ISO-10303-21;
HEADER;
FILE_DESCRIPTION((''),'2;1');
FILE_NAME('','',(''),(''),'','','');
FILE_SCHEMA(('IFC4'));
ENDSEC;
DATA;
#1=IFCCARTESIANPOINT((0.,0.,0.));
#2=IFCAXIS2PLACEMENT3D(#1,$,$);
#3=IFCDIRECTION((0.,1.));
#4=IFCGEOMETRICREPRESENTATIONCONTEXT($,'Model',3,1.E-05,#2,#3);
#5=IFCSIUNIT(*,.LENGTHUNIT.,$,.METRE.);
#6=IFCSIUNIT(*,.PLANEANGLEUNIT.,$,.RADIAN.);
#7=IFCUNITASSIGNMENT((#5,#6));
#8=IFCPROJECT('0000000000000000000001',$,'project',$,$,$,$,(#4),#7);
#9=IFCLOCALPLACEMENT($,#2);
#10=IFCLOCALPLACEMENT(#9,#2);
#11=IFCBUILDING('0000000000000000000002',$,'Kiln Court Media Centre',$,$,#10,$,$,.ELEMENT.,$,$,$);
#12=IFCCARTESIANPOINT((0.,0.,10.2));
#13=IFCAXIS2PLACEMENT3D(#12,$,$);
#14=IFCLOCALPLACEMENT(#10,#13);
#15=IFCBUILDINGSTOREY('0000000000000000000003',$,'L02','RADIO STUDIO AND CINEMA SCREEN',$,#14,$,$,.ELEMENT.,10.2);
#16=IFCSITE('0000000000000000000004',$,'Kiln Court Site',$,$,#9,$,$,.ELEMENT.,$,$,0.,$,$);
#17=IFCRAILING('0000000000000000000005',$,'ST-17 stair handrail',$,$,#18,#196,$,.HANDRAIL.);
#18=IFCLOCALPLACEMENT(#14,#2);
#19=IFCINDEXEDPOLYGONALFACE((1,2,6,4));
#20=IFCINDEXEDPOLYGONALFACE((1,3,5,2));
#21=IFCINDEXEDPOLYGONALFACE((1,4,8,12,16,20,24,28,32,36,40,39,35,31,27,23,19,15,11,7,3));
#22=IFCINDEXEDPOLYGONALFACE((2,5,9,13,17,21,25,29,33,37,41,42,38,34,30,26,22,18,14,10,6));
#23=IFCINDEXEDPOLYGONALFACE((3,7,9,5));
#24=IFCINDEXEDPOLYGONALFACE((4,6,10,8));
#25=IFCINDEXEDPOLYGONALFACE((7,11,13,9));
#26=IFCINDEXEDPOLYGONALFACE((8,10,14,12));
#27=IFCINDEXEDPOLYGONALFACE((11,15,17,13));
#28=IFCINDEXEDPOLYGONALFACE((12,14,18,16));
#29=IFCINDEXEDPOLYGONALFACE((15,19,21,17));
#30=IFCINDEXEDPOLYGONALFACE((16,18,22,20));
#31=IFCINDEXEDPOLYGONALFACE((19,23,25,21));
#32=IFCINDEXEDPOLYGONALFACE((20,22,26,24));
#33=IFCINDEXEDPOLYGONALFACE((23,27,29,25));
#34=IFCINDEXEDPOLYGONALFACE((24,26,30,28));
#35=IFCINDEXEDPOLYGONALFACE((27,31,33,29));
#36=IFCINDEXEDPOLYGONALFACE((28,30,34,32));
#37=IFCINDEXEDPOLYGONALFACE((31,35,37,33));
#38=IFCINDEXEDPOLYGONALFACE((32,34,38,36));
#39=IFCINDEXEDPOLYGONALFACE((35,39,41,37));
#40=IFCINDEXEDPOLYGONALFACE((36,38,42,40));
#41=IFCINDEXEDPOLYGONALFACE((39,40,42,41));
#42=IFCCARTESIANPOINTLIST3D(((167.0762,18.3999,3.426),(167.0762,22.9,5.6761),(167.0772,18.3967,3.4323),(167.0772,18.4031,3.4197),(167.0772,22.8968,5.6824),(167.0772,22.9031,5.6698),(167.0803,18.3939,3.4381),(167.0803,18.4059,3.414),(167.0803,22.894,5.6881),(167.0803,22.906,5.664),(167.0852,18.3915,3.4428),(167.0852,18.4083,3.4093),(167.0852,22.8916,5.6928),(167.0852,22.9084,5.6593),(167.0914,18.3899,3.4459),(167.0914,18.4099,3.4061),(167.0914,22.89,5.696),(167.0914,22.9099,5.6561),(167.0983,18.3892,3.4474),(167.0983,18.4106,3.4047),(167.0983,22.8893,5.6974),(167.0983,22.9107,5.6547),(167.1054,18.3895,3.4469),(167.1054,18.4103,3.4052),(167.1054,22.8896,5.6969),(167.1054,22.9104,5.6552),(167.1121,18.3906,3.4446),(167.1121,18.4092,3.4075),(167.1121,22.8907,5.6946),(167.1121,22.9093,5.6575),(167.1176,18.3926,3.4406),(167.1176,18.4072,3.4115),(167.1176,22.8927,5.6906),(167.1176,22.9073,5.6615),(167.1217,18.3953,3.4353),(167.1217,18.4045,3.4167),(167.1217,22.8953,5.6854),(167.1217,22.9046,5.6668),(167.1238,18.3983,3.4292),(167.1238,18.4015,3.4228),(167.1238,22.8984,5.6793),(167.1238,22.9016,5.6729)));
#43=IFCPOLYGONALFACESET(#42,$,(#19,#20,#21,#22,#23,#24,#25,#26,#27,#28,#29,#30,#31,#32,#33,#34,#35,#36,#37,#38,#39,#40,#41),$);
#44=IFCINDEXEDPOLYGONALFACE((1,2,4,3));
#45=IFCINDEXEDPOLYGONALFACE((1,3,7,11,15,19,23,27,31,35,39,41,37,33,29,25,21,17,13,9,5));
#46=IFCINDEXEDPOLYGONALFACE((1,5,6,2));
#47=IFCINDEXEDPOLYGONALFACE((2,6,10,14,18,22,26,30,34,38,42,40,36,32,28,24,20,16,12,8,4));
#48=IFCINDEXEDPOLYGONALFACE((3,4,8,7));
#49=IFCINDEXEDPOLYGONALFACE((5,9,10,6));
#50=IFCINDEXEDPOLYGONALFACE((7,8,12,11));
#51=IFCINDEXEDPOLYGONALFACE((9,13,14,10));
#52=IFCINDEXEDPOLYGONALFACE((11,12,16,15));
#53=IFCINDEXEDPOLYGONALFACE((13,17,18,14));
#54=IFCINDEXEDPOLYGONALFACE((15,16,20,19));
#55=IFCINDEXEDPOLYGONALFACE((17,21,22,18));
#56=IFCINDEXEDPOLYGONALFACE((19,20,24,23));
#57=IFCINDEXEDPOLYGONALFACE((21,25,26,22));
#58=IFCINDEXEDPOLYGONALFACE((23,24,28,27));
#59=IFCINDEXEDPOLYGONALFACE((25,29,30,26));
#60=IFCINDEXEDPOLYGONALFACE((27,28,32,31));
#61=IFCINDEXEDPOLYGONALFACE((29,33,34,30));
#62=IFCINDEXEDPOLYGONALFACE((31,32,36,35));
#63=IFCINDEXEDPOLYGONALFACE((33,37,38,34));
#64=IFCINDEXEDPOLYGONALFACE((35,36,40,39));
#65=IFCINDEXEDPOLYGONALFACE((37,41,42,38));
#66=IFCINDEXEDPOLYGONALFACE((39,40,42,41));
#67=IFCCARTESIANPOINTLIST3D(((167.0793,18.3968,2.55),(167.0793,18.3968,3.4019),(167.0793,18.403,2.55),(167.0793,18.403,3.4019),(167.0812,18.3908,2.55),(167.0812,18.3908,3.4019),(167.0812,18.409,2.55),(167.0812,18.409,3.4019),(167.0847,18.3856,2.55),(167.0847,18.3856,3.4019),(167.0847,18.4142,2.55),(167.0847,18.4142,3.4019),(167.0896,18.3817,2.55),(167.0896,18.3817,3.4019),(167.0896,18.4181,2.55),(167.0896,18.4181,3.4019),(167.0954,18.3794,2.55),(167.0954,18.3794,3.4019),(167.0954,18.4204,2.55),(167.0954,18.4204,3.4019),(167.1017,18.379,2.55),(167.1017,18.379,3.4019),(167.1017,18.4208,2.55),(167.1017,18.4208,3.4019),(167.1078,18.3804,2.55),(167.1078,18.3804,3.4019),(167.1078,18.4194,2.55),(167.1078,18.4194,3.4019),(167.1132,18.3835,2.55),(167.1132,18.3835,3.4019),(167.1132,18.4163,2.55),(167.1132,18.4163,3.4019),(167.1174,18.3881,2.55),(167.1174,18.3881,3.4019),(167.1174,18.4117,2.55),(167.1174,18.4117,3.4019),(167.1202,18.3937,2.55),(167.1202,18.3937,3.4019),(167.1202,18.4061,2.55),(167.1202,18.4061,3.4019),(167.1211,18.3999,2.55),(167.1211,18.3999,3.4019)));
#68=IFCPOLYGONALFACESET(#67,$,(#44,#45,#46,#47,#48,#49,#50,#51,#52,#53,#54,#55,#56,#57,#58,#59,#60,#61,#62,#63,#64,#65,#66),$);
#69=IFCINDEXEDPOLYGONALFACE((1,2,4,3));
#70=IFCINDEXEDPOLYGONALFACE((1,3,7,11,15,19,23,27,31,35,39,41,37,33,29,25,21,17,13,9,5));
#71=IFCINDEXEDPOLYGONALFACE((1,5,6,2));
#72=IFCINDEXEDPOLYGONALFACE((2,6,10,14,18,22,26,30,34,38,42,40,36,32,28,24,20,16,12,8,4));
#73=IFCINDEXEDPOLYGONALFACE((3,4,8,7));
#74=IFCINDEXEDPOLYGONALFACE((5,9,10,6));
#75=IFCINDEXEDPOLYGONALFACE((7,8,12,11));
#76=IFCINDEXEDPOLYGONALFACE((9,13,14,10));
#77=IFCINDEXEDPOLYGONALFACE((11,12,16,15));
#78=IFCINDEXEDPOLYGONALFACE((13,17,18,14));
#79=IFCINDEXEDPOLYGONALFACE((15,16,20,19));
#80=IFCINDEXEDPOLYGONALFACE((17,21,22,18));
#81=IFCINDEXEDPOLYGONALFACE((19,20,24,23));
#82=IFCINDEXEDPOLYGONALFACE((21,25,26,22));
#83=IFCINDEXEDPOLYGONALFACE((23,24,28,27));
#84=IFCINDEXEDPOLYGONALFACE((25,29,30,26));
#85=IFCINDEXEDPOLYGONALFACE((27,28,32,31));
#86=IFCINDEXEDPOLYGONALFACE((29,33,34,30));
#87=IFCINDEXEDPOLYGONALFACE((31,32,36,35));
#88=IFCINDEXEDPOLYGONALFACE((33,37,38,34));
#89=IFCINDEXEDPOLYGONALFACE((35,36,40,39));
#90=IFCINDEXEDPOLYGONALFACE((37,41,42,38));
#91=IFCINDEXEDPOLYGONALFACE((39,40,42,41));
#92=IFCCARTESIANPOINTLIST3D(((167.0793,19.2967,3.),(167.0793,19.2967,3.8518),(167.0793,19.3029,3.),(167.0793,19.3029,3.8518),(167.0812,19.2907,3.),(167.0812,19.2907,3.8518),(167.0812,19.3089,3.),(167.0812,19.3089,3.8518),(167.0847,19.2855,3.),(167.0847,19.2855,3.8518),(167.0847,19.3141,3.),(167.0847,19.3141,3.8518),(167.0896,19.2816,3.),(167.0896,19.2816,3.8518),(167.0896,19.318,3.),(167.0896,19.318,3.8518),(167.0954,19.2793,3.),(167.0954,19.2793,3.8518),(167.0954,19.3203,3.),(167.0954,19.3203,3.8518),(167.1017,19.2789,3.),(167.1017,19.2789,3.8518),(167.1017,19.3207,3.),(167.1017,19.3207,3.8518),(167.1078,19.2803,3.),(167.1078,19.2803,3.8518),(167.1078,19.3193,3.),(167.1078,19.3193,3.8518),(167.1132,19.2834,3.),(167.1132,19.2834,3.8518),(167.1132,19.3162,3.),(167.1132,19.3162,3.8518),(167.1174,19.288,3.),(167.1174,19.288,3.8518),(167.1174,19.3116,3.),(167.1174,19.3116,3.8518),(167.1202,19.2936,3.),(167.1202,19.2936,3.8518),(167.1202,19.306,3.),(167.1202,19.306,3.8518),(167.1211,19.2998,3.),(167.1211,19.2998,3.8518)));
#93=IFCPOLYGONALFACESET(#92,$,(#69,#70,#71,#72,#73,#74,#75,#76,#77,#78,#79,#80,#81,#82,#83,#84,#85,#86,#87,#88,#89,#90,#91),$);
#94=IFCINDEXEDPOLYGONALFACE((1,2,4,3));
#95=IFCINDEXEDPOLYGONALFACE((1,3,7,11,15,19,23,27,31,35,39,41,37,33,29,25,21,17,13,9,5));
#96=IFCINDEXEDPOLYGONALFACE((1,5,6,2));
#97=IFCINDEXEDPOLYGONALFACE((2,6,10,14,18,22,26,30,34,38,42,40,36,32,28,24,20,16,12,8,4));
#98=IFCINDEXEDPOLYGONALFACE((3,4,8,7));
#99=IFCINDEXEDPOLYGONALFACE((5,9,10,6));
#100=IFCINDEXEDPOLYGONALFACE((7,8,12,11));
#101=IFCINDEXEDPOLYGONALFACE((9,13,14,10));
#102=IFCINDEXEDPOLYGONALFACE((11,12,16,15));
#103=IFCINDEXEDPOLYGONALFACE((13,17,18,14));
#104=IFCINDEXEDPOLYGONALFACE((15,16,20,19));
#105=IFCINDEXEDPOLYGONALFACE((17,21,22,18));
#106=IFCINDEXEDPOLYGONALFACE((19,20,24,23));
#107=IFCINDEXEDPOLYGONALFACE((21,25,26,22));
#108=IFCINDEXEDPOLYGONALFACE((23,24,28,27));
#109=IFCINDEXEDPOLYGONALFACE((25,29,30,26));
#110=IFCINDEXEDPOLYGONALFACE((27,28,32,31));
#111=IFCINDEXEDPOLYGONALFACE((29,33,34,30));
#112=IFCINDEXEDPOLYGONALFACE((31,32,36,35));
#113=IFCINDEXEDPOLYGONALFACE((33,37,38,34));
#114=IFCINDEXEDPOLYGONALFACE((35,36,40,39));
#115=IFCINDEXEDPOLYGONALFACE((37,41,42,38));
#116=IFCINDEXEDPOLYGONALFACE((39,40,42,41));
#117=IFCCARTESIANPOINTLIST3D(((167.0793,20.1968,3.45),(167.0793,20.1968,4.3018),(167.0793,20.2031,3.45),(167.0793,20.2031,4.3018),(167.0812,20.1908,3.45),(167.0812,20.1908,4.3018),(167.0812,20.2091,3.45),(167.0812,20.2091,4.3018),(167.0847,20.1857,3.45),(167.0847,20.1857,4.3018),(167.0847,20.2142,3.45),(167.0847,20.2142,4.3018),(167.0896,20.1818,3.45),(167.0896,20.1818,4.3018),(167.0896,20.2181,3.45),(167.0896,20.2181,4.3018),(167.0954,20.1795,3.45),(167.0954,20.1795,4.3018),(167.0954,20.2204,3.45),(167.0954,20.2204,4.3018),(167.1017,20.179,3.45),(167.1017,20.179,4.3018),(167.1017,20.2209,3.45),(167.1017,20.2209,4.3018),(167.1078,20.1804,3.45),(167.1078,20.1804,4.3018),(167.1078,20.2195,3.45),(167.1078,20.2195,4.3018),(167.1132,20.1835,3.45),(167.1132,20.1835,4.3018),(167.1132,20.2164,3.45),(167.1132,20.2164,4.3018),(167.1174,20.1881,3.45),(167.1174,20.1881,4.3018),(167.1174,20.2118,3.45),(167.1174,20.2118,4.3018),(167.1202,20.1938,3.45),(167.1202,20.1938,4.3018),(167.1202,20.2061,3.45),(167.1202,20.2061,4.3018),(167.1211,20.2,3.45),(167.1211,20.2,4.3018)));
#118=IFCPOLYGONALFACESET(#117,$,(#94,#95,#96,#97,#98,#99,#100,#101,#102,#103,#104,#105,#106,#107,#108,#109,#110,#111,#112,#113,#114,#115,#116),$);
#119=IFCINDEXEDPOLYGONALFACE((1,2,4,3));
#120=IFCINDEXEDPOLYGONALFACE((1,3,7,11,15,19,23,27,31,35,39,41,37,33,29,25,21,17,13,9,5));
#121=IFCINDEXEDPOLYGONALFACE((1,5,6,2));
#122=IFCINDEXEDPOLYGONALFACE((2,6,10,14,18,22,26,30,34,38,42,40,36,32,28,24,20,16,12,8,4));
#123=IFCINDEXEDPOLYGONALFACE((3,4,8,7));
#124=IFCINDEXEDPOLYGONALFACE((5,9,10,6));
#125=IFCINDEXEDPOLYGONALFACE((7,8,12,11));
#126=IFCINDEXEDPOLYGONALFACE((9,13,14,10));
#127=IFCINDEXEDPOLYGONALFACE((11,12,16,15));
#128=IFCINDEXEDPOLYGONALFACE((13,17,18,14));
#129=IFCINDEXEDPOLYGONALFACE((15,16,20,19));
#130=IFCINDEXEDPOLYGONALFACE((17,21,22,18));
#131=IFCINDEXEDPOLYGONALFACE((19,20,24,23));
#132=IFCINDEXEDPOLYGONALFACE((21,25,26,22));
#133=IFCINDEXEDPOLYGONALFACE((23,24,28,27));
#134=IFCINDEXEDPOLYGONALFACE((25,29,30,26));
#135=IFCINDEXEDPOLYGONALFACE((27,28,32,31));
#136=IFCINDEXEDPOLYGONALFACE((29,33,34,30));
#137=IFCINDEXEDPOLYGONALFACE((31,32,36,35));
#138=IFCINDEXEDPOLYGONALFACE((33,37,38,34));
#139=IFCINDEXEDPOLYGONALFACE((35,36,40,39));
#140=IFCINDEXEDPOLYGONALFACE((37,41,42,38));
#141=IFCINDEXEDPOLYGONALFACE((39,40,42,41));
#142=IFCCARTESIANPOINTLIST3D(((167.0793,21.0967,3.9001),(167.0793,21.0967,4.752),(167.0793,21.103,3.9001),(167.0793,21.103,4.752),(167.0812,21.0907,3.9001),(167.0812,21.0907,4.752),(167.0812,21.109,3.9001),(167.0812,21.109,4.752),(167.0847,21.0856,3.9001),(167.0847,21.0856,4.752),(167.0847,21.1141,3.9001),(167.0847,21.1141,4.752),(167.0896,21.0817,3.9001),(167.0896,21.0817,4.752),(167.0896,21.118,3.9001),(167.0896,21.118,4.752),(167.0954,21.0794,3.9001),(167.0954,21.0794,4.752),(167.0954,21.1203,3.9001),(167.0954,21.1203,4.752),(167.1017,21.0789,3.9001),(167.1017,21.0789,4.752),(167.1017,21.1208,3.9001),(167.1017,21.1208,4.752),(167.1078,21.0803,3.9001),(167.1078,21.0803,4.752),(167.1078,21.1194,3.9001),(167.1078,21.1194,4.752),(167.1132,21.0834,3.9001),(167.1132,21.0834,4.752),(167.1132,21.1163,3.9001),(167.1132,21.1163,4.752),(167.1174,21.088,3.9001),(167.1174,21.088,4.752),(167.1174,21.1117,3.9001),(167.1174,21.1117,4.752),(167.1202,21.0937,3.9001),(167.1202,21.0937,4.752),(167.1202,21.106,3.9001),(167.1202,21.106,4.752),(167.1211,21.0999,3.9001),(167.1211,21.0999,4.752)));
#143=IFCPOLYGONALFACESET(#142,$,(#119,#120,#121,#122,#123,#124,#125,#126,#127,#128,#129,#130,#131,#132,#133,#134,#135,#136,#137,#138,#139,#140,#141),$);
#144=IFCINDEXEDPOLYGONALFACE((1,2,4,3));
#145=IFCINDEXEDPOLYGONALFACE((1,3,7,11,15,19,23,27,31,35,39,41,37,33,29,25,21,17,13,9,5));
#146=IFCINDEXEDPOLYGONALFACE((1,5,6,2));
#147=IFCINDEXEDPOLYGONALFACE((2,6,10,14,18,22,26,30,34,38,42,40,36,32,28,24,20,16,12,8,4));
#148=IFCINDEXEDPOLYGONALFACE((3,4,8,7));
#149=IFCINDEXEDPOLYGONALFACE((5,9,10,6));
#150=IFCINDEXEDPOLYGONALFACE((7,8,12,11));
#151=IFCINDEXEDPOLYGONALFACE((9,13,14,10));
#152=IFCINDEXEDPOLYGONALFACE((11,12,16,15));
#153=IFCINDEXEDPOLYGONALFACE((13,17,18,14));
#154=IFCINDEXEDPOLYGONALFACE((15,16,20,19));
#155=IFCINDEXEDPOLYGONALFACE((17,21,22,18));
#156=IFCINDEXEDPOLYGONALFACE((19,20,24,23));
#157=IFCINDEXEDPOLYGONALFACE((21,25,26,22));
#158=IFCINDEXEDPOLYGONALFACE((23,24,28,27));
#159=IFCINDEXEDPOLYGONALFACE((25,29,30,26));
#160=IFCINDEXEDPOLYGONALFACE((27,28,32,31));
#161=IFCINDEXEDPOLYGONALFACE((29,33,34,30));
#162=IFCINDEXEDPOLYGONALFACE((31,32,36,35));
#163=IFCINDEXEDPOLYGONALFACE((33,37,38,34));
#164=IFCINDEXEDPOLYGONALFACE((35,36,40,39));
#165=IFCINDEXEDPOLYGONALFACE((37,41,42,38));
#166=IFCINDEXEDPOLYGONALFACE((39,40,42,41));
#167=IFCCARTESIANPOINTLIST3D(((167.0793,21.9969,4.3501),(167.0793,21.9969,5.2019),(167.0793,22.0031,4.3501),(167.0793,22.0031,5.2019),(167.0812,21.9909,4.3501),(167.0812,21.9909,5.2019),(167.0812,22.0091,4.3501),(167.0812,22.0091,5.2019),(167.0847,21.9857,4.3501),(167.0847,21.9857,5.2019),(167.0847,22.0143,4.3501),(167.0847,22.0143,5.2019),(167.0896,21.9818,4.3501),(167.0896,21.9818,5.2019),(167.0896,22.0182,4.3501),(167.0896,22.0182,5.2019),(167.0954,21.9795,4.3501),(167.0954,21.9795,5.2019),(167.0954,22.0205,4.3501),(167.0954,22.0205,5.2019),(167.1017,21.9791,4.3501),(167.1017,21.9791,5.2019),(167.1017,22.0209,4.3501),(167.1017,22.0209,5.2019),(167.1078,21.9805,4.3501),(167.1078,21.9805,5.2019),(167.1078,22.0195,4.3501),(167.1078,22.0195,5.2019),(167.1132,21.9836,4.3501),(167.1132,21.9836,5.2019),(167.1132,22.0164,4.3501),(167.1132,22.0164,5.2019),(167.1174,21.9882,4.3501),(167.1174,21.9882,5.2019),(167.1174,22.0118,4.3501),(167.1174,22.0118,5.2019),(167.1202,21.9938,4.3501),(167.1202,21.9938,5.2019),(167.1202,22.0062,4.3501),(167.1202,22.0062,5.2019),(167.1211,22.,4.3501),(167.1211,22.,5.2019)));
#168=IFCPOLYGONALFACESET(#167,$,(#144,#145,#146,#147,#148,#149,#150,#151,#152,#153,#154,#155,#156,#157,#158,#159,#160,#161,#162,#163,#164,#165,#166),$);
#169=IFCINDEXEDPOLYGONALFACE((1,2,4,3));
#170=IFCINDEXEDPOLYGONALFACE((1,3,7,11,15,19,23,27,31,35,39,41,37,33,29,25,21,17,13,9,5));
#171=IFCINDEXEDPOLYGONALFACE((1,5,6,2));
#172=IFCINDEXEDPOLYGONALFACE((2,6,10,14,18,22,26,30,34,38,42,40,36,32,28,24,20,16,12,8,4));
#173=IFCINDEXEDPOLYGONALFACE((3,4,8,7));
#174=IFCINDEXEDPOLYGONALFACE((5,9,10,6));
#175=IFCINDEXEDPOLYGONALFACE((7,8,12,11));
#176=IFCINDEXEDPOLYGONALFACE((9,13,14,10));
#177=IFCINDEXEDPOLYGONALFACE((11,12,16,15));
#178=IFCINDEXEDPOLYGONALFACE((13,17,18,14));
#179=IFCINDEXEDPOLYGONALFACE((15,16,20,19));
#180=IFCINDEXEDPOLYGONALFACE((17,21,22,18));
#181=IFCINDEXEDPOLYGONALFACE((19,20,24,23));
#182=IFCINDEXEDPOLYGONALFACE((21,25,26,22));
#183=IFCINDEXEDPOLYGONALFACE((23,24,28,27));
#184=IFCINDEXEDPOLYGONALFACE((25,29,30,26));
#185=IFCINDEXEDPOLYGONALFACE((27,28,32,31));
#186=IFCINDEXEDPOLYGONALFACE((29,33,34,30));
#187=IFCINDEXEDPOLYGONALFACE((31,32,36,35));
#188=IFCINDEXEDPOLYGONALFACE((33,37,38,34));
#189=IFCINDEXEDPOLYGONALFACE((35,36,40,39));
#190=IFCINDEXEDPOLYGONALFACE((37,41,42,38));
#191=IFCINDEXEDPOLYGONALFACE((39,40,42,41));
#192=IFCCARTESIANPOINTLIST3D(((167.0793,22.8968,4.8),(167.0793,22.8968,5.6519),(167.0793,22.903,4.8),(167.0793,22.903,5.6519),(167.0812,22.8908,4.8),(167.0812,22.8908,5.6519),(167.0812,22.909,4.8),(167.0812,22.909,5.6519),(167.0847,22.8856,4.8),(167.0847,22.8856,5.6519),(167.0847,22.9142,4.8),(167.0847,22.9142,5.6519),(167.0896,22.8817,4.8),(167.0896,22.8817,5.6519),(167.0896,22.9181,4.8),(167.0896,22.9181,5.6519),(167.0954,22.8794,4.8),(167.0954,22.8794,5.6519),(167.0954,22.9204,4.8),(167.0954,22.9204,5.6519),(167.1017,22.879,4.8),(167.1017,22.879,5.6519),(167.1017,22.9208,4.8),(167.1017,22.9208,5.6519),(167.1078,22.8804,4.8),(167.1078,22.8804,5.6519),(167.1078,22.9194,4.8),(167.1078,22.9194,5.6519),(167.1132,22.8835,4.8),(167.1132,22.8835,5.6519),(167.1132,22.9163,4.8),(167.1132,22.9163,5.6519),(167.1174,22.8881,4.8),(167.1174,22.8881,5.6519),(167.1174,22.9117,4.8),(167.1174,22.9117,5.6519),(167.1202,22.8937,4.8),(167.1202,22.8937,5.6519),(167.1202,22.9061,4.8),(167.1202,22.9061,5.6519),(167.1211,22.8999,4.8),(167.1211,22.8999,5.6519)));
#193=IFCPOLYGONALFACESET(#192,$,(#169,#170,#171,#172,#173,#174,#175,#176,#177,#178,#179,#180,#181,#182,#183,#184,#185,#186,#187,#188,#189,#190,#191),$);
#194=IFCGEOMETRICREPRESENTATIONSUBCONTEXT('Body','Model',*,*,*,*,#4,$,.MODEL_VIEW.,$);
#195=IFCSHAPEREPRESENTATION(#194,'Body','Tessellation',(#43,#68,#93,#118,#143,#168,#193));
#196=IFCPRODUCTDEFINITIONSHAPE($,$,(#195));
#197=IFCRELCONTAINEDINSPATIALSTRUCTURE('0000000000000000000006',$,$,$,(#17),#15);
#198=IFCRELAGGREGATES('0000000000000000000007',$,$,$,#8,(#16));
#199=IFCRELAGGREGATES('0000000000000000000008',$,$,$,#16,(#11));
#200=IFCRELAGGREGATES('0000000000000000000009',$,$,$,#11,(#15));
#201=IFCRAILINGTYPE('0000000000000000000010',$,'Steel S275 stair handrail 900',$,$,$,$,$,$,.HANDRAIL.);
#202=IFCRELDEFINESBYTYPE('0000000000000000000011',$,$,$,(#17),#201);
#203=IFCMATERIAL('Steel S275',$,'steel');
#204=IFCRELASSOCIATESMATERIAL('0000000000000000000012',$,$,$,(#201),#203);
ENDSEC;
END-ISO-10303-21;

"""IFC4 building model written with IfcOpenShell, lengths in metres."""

from ifc_helpers import new_model, si_unit, direction, frame, origin, origin_2d, place, context, subcontext, project, spatial, circle, extrude, material, type_object, element, save


model = new_model("IFC4")

# Units and contexts
model_context = context("Model", 3, precision=1e-05, world=origin(), true_north=direction((0.0, 1.0)))
body_context = subcontext(model_context, "Body", "Model", "MODEL_VIEW")
ifc_project = project(units=[si_unit("LENGTHUNIT", "METRE"), si_unit("PLANEANGLEUNIT", "RADIAN")], contexts=[model_context])

# Site, building, storey
site_placement = place(None, origin())
site = spatial("IfcSite", under=ifc_project, at=site_placement, Name="Kiln Court Site", CompositionType="ELEMENT", RefElevation=0.0)
building_placement = place(site_placement, origin())
building = spatial("IfcBuilding", under=site, at=building_placement, Name="Kiln Court Media Centre", CompositionType="ELEMENT")
storey_placement = place(building_placement, frame((0.0, 0.0, 10.2)))
storey = spatial("IfcBuildingStorey", under=building, at=storey_placement, Name="L02", Description="RADIO STUDIO AND CINEMA SCREEN", CompositionType="ELEMENT", Elevation=10.2)

# Railing
ifc_material_1 = material(Name="Steel S275", Category="steel")
railing_type_1 = type_object("IfcRailingType", Name="Steel S275 stair handrail 900", PredefinedType="HANDRAIL", material=ifc_material_1)
railing_1_placement = place(storey_placement, frame((167.1001, 18.3999, 2.55)))
element("IfcRailing", 1, at=railing_1_placement, inside=storey, type_object=railing_type_1, Name="ST-17 stair handrail", PredefinedType="HANDRAIL", context=body_context, shape_type="SweptSolid", body=[
    extrude(circle(Radius=0.0239, at=origin_2d()), frame((0.0, 0.0, 0.876), z_axis=(0.0, 0.894427, 0.447214), x_axis=(-1.0, 0.0, 0.0)), (0.0, 0.0, 1.0), 5.0312),
    extrude(circle(Radius=0.021, at=origin_2d()), origin(), (0.0, 0.0, 1.0), 0.8518),
    extrude(circle(Radius=0.021, at=origin_2d()), frame((0.0, 0.8999, 0.45)), (0.0, 0.0, 1.0), 0.8518),
    extrude(circle(Radius=0.021, at=origin_2d()), frame((0.0, 1.8, 0.8999)), (0.0, 0.0, 1.0), 0.8518),
    extrude(circle(Radius=0.021, at=origin_2d()), frame((0.0, 2.7, 1.3501)), (0.0, 0.0, 1.0), 0.8518),
    extrude(circle(Radius=0.021, at=origin_2d()), frame((0.0, 3.6001, 1.8)), (0.0, 0.0, 1.0), 0.8518),
    extrude(circle(Radius=0.021, at=origin_2d()), frame((0.0, 4.5, 2.25)), (0.0, 0.0, 1.0), 0.8518),
])

save(model, "model.ifc")
